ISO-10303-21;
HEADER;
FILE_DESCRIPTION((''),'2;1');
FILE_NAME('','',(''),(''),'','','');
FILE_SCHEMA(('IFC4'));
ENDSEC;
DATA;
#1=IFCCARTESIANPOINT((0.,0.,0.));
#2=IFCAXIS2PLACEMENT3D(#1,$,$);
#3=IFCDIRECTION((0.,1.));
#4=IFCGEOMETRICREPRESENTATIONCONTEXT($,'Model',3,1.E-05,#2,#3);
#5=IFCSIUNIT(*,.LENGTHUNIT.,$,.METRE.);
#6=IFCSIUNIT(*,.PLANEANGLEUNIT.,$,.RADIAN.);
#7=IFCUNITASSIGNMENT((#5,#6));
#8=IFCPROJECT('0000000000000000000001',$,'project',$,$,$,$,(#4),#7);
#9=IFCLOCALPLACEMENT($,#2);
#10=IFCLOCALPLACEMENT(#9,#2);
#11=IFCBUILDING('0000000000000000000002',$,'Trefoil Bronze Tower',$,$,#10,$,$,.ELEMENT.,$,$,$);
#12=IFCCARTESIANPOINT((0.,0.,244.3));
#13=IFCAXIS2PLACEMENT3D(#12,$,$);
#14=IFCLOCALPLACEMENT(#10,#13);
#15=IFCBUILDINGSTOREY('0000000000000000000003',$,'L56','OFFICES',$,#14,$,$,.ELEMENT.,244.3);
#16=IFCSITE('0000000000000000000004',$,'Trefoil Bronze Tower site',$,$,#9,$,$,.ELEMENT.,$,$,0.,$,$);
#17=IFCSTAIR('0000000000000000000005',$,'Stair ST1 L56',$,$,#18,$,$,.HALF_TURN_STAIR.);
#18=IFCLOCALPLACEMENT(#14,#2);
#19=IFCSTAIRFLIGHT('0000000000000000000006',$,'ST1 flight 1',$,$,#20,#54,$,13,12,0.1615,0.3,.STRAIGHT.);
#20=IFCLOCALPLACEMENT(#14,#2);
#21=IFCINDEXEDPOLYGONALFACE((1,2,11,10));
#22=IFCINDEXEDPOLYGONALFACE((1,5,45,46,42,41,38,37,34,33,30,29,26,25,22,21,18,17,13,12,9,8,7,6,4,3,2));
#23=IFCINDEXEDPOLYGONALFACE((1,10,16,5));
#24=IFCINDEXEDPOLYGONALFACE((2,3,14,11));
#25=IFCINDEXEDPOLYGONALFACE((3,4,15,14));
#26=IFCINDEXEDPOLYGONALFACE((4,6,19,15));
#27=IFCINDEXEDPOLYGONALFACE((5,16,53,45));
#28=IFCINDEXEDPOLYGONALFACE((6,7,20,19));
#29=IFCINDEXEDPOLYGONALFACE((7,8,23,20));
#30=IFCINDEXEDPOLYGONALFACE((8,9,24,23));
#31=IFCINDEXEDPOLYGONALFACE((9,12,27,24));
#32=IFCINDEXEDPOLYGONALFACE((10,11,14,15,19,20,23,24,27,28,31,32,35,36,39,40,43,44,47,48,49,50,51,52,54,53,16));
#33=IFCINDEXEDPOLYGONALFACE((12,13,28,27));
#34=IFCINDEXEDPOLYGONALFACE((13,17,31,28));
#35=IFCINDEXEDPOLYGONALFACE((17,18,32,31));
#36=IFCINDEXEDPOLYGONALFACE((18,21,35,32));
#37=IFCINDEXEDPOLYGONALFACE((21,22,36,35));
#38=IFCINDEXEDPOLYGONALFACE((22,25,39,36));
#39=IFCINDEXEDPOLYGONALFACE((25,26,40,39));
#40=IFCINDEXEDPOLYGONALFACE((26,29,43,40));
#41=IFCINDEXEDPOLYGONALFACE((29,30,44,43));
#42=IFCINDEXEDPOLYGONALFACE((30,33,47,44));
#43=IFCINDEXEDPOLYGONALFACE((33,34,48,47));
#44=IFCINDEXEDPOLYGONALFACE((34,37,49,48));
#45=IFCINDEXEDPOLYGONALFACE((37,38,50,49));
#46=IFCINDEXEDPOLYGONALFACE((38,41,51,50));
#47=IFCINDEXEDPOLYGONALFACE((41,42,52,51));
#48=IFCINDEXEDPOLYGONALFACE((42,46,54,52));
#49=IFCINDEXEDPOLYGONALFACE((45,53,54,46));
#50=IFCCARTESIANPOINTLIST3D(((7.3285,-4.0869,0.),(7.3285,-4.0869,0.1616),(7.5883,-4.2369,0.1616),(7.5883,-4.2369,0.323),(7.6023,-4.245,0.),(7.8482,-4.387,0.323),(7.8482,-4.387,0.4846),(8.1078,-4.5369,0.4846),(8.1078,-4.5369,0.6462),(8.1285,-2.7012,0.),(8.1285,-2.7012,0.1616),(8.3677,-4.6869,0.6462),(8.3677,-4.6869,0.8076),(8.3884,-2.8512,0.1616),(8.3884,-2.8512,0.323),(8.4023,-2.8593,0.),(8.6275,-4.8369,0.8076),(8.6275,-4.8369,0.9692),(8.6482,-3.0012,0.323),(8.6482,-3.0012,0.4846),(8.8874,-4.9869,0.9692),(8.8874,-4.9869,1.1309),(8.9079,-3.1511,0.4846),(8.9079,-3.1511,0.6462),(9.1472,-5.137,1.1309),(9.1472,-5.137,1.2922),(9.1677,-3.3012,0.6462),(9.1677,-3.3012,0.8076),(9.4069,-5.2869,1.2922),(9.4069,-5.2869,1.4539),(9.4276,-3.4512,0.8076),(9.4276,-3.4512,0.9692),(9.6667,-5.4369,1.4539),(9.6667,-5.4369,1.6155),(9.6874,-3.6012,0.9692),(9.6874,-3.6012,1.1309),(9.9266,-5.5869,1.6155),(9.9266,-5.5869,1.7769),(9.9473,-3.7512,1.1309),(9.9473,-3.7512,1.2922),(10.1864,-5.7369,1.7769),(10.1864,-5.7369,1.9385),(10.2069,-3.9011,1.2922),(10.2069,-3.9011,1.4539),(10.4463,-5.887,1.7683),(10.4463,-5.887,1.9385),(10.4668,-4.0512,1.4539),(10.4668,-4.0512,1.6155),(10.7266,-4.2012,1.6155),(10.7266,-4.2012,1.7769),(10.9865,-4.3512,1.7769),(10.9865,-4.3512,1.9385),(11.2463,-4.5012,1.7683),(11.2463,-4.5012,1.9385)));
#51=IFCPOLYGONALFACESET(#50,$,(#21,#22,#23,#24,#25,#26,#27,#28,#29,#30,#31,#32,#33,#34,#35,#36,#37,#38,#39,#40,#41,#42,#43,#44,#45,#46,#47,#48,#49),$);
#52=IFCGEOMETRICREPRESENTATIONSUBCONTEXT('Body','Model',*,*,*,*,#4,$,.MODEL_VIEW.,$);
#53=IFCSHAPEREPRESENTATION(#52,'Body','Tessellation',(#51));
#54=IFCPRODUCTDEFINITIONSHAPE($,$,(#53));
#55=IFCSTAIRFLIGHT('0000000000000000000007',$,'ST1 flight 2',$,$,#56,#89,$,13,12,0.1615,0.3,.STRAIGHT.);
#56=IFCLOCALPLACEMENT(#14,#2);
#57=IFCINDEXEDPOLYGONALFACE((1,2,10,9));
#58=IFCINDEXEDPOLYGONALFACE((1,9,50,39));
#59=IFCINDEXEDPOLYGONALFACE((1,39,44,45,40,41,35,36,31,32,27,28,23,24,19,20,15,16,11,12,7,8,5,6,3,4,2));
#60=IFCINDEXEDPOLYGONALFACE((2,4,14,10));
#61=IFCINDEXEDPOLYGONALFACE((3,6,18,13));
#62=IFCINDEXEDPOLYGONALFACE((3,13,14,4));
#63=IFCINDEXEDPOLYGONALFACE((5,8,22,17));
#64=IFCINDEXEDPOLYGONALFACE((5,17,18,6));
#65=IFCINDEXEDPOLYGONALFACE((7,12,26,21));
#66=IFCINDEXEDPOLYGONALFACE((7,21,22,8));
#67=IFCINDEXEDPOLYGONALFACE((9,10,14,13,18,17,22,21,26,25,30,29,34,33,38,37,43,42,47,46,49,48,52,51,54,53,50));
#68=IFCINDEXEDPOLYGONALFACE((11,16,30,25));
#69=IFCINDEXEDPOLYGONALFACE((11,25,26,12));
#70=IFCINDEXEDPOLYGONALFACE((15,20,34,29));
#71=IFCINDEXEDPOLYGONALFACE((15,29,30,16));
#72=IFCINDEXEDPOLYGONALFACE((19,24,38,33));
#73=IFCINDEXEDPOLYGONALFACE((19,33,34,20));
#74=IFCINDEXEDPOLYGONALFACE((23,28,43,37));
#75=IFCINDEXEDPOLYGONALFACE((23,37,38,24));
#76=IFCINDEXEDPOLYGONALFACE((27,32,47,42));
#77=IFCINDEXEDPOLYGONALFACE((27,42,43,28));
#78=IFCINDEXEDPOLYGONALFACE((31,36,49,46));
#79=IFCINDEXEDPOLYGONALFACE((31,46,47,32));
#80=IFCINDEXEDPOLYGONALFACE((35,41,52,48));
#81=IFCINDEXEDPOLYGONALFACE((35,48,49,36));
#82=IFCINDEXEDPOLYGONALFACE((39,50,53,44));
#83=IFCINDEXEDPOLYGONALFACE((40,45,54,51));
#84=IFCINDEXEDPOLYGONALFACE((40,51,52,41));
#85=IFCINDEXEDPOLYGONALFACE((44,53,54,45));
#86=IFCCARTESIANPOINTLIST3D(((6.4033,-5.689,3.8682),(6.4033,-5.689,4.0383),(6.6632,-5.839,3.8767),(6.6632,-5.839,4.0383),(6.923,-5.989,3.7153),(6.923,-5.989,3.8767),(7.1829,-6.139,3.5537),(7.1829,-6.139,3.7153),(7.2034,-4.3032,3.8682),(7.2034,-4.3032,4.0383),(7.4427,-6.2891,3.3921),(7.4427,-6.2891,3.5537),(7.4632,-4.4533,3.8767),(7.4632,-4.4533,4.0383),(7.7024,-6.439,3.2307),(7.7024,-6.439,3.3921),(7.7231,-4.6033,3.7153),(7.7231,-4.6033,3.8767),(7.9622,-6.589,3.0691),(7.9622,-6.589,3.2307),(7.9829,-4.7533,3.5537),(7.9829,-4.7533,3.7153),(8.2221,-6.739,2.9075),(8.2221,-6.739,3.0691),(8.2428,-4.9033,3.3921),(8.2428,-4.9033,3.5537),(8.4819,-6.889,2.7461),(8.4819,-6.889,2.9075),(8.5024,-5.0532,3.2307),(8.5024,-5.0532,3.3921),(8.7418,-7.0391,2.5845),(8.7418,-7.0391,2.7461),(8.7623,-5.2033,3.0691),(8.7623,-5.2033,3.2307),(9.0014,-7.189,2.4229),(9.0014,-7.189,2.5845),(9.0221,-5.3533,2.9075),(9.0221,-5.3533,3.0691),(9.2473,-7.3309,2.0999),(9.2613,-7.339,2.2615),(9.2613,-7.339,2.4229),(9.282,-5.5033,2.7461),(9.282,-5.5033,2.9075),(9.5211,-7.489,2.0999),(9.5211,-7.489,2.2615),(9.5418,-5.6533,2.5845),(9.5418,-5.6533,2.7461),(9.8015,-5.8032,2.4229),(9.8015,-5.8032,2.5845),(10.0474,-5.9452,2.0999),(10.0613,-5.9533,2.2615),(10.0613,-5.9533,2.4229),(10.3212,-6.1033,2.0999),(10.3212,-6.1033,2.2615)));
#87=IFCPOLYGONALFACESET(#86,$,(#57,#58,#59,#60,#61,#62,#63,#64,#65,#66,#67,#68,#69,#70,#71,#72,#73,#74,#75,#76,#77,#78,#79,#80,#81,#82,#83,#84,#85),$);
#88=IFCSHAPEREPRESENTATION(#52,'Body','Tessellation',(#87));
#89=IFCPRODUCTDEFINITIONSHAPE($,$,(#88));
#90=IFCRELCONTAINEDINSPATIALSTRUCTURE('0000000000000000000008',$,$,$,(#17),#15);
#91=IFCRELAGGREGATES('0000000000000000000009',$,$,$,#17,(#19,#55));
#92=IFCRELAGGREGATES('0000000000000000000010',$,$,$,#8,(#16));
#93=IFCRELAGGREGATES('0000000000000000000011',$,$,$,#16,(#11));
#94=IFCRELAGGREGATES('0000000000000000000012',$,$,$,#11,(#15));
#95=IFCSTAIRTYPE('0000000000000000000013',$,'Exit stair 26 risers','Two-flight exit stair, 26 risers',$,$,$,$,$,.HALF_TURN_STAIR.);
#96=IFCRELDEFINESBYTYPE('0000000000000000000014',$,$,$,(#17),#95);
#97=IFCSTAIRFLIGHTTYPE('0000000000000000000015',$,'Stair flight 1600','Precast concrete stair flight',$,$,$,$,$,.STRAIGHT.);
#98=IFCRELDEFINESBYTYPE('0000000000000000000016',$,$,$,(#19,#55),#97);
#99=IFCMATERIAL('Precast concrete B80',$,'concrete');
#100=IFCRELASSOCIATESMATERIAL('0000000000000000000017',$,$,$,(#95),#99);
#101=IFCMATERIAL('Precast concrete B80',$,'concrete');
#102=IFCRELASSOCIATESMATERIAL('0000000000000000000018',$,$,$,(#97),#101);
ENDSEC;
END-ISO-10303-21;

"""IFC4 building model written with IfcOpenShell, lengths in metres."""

from ifc_helpers import new_model, si_unit, direction, frame, origin, place, context, subcontext, project, spatial, polyline, outline, extrude, material, type_object, element, aggregate, save


model = new_model("IFC4")

# Units and contexts
model_context = context("Model", 3, precision=1e-05, world=origin(), true_north=direction((0.0, 1.0)))
body_context = subcontext(model_context, "Body", "Model", "MODEL_VIEW")
ifc_project = project(units=[si_unit("LENGTHUNIT", "METRE"), si_unit("PLANEANGLEUNIT", "RADIAN")], contexts=[model_context])

# Site, building, storey
site_placement = place(None, origin())
site = spatial("IfcSite", under=ifc_project, at=site_placement, Name="Trefoil Bronze Tower site", CompositionType="ELEMENT", RefElevation=0.0)
building_placement = place(site_placement, origin())
building = spatial("IfcBuilding", under=site, at=building_placement, Name="Trefoil Bronze Tower", CompositionType="ELEMENT")
storey_placement = place(building_placement, frame((0.0, 0.0, 244.3)))
storey = spatial("IfcBuildingStorey", under=building, at=storey_placement, Name="L56", Description="OFFICES", CompositionType="ELEMENT", Elevation=244.3)

# Stair
ifc_material_1 = material(Name="Precast concrete B80", Category="concrete")
stair_type = type_object("IfcStairType", Name="Exit stair 26 risers", Description="Two-flight exit stair, 26 risers", PredefinedType="HALF_TURN_STAIR", material=ifc_material_1)
stair_1_placement = place(storey_placement, origin())
stair_1 = element("IfcStair", 1, at=stair_1_placement, inside=storey, type_object=stair_type, Name="Stair ST1 L56", PredefinedType="HALF_TURN_STAIR")

# Stair flights
ifc_material_2 = material(Name="Precast concrete B80", Category="concrete")
stair_flight_type = type_object("IfcStairFlightType", Name="Stair flight 1600", Description="Precast concrete stair flight", PredefinedType="STRAIGHT", material=ifc_material_2)
stair_flight_1_placement = place(storey_placement, frame((7.7285, -3.394, 0.0), z_axis=(0.0, 0.0, 1.0), x_axis=(0.866025, -0.5, 0.0)))
stair_flight_1 = element("IfcStairFlight", 2, at=stair_flight_1_placement, type_object=stair_flight_type, Name="ST1 flight 1", NumberOfRisers=13, NumberOfTreads=12, PredefinedType="STRAIGHT", RiserHeight=0.1615, TreadLength=0.3, context=body_context, shape_type="SweptSolid", body=[
    extrude(outline(polyline([(0.0, 0.0), (0.0, 0.1616), (0.3, 0.1616), (0.3, 0.323), (0.6001, 0.323), (0.6001, 0.4846), (0.8999, 0.4846), (0.8999, 0.6462), (1.2, 0.6462), (1.2, 0.8076), (1.5, 0.8076), (1.5, 0.9692), (1.8, 0.9692), (1.8, 1.1309), (2.1001, 1.1309), (2.1001, 1.2922), (2.3999, 1.2922), (2.3999, 1.4539), (2.7, 1.4539), (2.7, 1.6155), (3.0, 1.6155), (3.0, 1.7769), (3.3, 1.7769), (3.3, 1.9385), (3.6001, 1.9385), (3.6001, 2.1001), (3.6001, 1.7683), (0.3162, 0.0), (0.0, 0.0)])), frame((0.0, 0.8, 0.0), z_axis=(0.0, -1.0, 0.0), x_axis=(1.0, 0.0, 0.0)), (0.0, 0.0, 1.0), 1.6001),
])
stair_flight_2_placement = place(storey_placement, frame((9.9211, -6.7961, 2.0999), z_axis=(0.0, 0.0, 1.0), x_axis=(-0.866025, 0.5, 0.0)))
stair_flight_2 = element("IfcStairFlight", 3, at=stair_flight_2_placement, type_object=stair_flight_type, Name="ST1 flight 2", NumberOfRisers=13, NumberOfTreads=12, PredefinedType="STRAIGHT", RiserHeight=0.1615, TreadLength=0.3, context=body_context, shape_type="SweptSolid", body=[
    extrude(outline(polyline([(0.0, 0.0), (0.0, 0.1616), (0.3, 0.1616), (0.3, 0.323), (0.6001, 0.323), (0.6001, 0.4846), (0.8999, 0.4846), (0.8999, 0.6462), (1.2, 0.6462), (1.2, 0.8076), (1.5, 0.8076), (1.5, 0.9692), (1.8, 0.9692), (1.8, 1.1309), (2.1001, 1.1309), (2.1001, 1.2922), (2.3999, 1.2922), (2.3999, 1.4539), (2.7, 1.4539), (2.7, 1.6155), (3.0, 1.6155), (3.0, 1.7769), (3.3, 1.7769), (3.3, 1.9385), (3.6001, 1.9385), (3.6001, 2.1001), (3.6001, 1.7683), (0.3162, 0.0), (0.0, 0.0)])), frame((0.0, 0.8, 0.0), z_axis=(0.0, -1.0, 0.0), x_axis=(1.0, 0.0, 0.0)), (0.0, 0.0, 1.0), 1.6001),
])
aggregate(stair_1, [stair_flight_1, stair_flight_2])

save(model, "model.ifc")
